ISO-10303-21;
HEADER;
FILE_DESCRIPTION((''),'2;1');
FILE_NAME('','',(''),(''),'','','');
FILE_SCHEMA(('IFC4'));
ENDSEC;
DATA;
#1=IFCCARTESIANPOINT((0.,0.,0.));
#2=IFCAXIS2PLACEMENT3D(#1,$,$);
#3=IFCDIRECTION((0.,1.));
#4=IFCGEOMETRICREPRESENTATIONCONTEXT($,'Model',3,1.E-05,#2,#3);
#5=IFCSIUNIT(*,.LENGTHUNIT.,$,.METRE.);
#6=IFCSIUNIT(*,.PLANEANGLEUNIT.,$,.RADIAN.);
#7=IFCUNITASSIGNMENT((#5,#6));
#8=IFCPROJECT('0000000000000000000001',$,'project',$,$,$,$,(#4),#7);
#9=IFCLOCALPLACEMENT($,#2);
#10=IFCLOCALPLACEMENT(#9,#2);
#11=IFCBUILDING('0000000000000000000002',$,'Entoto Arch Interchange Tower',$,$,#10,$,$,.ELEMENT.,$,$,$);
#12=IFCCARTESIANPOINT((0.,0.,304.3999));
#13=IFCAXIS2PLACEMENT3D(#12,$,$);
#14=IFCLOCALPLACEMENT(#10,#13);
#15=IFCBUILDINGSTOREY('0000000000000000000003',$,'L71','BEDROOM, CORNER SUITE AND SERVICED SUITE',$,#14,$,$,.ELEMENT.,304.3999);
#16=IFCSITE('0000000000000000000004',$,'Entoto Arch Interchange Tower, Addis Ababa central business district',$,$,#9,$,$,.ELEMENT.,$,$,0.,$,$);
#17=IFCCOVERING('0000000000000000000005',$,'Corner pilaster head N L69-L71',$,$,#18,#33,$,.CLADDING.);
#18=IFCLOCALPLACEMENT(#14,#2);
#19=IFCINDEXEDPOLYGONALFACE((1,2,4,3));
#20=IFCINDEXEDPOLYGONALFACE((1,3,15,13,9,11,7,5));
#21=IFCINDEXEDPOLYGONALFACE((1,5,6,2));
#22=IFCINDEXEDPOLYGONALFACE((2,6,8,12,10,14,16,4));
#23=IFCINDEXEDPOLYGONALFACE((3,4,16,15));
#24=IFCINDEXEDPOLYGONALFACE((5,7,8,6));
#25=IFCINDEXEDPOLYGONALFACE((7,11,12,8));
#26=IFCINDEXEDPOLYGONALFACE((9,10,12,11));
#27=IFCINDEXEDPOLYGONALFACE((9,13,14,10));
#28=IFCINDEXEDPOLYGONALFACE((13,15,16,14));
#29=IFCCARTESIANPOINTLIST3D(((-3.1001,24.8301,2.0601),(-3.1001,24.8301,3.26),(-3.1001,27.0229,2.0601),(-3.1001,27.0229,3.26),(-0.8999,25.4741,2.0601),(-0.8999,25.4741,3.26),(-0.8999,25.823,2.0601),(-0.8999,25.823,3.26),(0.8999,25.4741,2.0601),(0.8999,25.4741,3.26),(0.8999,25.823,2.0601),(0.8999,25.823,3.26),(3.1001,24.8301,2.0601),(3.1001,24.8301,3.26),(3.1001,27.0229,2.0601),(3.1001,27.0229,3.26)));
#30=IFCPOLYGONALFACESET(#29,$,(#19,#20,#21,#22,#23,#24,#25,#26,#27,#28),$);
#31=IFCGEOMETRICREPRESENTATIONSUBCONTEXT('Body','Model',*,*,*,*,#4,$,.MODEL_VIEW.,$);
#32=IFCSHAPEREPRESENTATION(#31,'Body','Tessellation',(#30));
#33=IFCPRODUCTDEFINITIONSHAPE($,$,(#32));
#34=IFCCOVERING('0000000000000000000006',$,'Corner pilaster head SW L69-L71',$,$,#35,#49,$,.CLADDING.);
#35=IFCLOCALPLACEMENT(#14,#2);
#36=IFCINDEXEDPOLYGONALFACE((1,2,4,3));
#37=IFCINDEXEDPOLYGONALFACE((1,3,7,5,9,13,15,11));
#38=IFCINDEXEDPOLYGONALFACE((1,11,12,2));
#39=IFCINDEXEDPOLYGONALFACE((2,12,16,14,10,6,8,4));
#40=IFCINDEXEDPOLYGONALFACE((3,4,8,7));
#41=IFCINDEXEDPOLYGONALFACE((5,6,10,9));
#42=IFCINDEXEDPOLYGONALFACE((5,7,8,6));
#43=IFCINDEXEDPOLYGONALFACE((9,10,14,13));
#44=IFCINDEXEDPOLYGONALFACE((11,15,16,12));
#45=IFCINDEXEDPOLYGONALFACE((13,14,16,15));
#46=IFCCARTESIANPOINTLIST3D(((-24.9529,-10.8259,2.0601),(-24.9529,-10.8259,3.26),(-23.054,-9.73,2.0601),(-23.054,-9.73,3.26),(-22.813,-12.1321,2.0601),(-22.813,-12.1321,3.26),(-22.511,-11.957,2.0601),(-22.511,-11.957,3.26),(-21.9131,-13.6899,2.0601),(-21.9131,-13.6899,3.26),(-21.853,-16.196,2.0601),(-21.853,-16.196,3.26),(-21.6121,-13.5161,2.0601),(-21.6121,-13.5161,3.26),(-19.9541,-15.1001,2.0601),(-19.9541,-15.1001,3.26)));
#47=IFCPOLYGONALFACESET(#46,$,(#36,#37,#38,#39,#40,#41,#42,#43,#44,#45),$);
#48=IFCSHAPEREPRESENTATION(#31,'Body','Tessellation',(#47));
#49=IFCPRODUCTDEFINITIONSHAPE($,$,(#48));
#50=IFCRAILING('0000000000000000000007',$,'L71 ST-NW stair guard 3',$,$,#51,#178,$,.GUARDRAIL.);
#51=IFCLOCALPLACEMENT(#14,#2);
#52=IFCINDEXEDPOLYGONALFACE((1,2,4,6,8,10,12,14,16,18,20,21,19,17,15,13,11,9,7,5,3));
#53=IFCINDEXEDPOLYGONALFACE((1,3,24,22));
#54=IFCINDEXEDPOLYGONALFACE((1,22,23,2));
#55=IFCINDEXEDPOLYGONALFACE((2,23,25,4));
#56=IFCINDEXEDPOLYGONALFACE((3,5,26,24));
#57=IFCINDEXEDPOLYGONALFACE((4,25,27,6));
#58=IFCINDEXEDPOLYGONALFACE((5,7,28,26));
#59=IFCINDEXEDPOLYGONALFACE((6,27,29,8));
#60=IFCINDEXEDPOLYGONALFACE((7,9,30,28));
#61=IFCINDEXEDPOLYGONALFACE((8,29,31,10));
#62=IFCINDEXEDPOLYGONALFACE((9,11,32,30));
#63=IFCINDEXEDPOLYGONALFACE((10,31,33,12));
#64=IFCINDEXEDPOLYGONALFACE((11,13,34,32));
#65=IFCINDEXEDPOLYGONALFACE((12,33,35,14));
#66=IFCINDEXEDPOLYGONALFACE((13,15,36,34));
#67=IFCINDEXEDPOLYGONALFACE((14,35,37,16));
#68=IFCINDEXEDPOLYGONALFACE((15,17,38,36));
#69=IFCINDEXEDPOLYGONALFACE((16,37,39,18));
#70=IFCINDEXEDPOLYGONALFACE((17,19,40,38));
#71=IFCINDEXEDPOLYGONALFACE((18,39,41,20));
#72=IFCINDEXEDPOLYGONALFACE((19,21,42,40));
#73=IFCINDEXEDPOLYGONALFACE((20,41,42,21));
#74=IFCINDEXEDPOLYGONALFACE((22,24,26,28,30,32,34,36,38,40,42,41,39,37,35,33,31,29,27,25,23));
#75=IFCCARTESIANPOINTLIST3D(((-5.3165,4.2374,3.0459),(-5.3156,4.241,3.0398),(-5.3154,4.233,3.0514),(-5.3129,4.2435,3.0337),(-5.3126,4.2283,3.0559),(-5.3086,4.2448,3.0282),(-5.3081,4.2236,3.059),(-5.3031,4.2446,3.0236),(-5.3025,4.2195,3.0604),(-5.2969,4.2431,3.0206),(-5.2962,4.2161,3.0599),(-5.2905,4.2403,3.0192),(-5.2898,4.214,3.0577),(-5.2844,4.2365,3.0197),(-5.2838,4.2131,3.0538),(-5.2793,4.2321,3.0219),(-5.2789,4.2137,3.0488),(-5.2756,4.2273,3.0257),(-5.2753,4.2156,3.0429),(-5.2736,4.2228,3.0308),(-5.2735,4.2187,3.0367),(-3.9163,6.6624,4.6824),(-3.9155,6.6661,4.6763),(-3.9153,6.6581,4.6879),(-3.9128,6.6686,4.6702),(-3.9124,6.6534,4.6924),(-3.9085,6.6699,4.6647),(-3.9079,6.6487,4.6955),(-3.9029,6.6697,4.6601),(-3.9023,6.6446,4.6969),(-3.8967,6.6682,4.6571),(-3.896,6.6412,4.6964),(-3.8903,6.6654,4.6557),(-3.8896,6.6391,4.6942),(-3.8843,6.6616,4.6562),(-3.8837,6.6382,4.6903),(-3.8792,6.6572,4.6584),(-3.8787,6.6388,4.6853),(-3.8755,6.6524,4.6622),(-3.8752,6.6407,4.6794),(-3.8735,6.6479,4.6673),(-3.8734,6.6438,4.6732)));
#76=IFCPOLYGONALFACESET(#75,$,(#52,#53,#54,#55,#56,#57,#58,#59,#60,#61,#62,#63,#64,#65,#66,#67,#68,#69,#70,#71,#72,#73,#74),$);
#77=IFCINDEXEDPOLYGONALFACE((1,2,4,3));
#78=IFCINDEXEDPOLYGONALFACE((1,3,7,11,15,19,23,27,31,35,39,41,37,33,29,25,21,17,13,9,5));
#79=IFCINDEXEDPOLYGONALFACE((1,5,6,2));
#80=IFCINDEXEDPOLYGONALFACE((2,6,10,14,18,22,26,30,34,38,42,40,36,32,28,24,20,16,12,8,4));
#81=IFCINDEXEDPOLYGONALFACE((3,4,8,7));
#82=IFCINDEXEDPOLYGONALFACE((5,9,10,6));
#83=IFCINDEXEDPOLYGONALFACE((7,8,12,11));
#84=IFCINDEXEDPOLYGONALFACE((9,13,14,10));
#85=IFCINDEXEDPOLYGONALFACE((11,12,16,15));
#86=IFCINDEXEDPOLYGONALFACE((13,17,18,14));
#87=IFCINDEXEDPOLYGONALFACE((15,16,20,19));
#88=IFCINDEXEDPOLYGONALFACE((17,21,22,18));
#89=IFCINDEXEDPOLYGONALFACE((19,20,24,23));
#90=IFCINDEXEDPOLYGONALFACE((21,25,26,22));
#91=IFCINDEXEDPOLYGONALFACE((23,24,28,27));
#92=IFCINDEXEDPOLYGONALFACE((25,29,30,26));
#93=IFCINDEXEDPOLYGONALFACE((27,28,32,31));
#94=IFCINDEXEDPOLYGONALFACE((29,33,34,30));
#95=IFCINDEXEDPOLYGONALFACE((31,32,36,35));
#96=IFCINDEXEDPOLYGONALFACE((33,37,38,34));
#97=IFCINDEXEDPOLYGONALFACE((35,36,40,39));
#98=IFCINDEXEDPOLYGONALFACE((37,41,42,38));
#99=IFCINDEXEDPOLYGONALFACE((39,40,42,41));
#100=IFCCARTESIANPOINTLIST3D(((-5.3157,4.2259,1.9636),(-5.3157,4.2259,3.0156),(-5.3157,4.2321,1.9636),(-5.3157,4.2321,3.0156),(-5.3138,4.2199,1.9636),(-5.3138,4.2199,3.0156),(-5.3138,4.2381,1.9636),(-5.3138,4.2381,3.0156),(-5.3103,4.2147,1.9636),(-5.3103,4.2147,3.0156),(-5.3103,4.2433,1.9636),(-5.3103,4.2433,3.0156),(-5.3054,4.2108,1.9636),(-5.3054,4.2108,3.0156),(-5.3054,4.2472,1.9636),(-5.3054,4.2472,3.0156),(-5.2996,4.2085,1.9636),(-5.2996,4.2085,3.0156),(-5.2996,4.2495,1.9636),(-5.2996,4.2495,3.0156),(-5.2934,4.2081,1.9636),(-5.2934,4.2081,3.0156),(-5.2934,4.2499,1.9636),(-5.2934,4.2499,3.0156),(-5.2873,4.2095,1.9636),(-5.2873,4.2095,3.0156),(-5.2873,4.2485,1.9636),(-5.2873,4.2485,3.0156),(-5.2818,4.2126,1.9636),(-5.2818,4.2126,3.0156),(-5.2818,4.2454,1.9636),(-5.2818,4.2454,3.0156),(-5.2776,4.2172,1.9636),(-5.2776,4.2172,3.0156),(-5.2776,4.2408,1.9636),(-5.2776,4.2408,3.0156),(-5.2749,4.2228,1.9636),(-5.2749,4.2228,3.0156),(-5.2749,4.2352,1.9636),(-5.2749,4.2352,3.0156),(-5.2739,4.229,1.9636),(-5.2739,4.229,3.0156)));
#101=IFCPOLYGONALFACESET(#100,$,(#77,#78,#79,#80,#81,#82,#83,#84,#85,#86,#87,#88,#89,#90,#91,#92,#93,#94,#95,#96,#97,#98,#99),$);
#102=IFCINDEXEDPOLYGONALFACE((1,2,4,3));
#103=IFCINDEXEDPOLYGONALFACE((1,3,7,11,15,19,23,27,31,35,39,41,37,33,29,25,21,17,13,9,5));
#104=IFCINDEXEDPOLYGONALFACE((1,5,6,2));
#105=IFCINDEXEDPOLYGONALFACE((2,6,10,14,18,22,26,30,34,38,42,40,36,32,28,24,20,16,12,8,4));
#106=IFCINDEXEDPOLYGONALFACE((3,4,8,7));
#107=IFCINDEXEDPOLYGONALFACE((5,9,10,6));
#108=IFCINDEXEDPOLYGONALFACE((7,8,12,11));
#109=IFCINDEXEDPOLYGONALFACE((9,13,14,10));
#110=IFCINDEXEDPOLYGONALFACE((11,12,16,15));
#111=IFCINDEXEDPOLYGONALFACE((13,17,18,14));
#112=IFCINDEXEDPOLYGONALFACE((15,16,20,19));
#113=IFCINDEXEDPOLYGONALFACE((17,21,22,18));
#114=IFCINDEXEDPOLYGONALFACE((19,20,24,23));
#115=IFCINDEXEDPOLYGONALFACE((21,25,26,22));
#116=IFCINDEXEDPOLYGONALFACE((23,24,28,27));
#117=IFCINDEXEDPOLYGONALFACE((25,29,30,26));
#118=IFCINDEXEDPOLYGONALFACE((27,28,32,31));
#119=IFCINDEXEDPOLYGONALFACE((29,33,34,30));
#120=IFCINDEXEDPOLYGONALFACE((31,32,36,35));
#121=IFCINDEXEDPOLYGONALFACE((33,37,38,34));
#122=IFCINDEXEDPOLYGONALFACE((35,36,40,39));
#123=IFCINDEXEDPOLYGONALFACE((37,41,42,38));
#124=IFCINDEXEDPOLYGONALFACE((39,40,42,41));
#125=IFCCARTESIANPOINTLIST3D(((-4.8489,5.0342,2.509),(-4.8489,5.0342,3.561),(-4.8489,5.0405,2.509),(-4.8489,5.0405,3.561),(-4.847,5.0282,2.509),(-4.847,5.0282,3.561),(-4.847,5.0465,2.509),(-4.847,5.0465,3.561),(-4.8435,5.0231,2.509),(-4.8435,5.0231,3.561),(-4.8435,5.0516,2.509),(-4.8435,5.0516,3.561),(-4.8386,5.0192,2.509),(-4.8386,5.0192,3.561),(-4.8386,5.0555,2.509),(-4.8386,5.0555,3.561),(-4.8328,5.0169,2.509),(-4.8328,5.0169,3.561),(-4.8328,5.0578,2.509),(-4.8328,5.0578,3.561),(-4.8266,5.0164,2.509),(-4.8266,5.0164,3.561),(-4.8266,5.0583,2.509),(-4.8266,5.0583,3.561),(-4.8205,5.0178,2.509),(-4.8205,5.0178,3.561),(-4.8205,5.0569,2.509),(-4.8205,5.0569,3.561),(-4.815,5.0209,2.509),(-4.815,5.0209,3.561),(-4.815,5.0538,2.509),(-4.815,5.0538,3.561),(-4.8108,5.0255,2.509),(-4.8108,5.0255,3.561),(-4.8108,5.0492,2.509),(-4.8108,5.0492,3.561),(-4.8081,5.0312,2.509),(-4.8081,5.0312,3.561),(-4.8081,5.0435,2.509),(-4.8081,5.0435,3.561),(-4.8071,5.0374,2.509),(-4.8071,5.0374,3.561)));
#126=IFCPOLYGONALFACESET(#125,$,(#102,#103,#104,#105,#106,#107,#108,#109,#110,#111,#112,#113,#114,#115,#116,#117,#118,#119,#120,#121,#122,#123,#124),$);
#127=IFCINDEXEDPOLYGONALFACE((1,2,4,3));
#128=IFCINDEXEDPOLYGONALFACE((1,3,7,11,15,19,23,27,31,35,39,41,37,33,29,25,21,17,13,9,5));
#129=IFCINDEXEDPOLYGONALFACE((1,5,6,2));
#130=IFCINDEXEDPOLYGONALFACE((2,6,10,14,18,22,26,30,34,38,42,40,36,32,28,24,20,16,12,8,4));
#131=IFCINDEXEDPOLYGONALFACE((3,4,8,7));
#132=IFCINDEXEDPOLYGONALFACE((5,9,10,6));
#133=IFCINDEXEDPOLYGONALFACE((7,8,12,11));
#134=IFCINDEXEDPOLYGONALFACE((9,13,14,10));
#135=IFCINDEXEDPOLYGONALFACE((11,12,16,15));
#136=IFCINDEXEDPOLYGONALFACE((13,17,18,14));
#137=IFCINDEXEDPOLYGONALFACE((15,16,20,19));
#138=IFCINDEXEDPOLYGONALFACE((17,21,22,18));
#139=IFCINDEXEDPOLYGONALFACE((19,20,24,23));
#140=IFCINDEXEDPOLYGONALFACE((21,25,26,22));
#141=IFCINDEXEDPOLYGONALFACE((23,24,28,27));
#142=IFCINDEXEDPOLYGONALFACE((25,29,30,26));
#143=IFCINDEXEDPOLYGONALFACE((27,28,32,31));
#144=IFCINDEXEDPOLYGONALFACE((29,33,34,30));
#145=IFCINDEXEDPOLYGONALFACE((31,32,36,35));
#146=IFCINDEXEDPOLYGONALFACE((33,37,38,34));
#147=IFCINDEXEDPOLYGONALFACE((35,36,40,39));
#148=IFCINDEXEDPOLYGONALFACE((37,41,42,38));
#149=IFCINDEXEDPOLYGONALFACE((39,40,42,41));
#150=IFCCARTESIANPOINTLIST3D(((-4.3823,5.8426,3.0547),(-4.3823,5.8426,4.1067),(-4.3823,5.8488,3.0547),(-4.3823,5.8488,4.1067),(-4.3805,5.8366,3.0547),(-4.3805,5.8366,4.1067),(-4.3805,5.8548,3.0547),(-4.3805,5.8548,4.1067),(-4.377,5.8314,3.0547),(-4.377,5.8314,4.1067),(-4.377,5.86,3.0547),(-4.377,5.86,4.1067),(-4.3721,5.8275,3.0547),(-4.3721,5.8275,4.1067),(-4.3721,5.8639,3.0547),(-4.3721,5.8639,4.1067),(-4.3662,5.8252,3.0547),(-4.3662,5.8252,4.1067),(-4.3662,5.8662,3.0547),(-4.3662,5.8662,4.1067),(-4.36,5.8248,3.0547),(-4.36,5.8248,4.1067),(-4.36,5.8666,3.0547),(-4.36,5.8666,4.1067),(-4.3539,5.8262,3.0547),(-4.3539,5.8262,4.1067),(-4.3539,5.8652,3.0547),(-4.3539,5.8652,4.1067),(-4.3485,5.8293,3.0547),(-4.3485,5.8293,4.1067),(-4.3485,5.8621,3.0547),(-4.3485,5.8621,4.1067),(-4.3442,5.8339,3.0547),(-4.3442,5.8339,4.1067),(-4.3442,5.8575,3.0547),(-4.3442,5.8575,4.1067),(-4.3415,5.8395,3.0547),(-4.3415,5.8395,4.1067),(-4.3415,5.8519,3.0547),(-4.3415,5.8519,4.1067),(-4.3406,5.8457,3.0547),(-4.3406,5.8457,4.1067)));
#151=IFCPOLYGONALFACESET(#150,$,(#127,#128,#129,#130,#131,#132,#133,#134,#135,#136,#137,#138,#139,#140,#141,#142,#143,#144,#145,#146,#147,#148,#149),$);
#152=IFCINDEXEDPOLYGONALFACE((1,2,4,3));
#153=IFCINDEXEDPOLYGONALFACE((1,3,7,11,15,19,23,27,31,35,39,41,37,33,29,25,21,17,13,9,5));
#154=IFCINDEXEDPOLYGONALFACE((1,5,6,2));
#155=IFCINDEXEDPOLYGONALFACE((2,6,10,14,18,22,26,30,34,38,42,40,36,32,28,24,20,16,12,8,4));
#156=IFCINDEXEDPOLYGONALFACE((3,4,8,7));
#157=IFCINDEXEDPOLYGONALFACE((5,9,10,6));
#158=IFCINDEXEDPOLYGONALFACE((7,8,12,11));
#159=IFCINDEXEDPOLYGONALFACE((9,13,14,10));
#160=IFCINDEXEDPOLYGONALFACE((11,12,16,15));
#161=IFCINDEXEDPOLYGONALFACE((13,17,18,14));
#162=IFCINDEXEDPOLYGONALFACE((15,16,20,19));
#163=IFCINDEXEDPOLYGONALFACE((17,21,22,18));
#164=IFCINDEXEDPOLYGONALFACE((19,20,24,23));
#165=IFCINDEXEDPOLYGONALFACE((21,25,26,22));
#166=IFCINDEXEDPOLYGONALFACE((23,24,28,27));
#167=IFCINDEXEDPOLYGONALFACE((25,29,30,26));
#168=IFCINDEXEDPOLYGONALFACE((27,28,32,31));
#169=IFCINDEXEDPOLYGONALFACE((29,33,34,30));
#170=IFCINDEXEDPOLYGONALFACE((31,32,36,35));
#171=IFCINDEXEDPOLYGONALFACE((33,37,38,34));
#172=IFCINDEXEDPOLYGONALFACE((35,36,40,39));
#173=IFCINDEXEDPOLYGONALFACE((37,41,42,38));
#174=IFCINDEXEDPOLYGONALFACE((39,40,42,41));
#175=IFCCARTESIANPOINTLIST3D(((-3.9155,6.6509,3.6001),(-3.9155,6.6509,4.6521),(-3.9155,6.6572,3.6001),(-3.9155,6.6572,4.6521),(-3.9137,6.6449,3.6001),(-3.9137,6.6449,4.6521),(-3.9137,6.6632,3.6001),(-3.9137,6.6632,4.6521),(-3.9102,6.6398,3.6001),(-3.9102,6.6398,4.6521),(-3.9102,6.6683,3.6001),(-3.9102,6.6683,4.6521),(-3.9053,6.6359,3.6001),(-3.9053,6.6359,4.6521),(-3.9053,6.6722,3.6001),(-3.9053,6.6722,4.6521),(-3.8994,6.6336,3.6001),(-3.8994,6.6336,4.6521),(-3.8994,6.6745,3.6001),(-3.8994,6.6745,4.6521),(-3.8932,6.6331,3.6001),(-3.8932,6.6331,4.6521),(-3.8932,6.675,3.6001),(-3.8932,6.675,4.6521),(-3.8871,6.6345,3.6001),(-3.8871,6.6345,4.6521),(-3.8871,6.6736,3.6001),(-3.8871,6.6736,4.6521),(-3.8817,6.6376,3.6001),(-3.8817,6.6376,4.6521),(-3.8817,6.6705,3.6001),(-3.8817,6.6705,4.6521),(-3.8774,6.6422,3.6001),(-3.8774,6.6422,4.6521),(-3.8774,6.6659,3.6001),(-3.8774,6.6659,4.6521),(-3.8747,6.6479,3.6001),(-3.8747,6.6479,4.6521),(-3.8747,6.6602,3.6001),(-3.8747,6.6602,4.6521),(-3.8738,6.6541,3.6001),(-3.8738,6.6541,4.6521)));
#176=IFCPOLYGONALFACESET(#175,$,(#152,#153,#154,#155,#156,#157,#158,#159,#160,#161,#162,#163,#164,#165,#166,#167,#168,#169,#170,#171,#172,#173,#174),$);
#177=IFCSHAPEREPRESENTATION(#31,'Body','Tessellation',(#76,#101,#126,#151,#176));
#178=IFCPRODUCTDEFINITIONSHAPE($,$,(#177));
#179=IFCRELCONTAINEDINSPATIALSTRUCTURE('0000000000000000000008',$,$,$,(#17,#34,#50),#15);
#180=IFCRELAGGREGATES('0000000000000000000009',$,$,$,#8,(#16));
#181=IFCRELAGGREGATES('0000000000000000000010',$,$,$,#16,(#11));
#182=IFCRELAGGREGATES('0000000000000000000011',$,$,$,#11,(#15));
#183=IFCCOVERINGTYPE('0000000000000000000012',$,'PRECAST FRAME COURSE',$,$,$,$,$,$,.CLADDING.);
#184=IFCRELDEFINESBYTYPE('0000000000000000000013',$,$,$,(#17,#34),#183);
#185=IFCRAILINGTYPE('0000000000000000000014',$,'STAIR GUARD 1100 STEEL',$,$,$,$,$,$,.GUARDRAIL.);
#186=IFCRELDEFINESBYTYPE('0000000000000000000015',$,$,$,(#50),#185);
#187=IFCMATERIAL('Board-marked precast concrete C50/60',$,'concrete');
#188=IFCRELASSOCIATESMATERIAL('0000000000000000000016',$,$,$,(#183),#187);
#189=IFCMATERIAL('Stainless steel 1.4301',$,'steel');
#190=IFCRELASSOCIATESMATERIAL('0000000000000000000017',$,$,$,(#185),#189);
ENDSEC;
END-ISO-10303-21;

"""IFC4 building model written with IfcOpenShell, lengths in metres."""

from ifc_helpers import new_model, si_unit, direction, frame, origin, origin_2d, place, context, subcontext, project, spatial, polyline, circle, outline, extrude, material, type_object, element, save


model = new_model("IFC4")

# Units and contexts
model_context = context("Model", 3, precision=1e-05, world=origin(), true_north=direction((0.0, 1.0)))
body_context = subcontext(model_context, "Body", "Model", "MODEL_VIEW")
ifc_project = project(units=[si_unit("LENGTHUNIT", "METRE"), si_unit("PLANEANGLEUNIT", "RADIAN")], contexts=[model_context])

# Site, building, storey
site_placement = place(None, origin())
site = spatial("IfcSite", under=ifc_project, at=site_placement, Name="Entoto Arch Interchange Tower, Addis Ababa central business district", CompositionType="ELEMENT", RefElevation=0.0)
building_placement = place(site_placement, origin())
building = spatial("IfcBuilding", under=site, at=building_placement, Name="Entoto Arch Interchange Tower", CompositionType="ELEMENT")
storey_placement = place(building_placement, frame((0.0, 0.0, 304.3999)))
storey = spatial("IfcBuildingStorey", under=building, at=storey_placement, Name="L71", Description="BEDROOM, CORNER SUITE AND SERVICED SUITE", CompositionType="ELEMENT", Elevation=304.3999)

# Shared definitions
ifc_material_1 = material(Name="Board-marked precast concrete C50/60", Category="concrete")

# Coverings
covering_type = type_object("IfcCoveringType", Name="PRECAST FRAME COURSE", PredefinedType="CLADDING", material=ifc_material_1)
covering_1_placement = place(storey_placement, frame((0.0, 0.0, 2.0601)))
element("IfcCovering", 1, at=covering_1_placement, inside=storey, type_object=covering_type, Name="Corner pilaster head N L69-L71", PredefinedType="CLADDING", context=body_context, shape_type="SweptSolid", body=[
    extrude(outline(polyline([(-3.1001, 27.0229), (3.1001, 27.0229), (3.1001, 24.8301), (0.8999, 25.4741), (0.8999, 25.823), (-0.8999, 25.823), (-0.8999, 25.4741), (-3.1001, 24.8301), (-3.1001, 27.0229)])), origin(), (0.0, 0.0, 1.0), 1.2),
])
covering_2_placement = place(storey_placement, frame((0.0, 0.0, 2.0601)))
element("IfcCovering", 2, at=covering_2_placement, inside=storey, type_object=covering_type, Name="Corner pilaster head SW L69-L71", PredefinedType="CLADDING", context=body_context, shape_type="SweptSolid", body=[
    extrude(outline(polyline([(-21.853, -16.196), (-24.9529, -10.8259), (-23.054, -9.73), (-22.511, -11.957), (-22.813, -12.1321), (-21.9131, -13.6899), (-21.6121, -13.5161), (-19.9541, -15.1001), (-21.853, -16.196)])), origin(), (0.0, 0.0, 1.0), 1.2),
])

# Railing
ifc_material_2 = material(Name="Stainless steel 1.4301", Category="steel")
railing_type_1 = type_object("IfcRailingType", Name="STAIR GUARD 1100 STEEL", PredefinedType="GUARDRAIL", material=ifc_material_2)
railing_1_placement = place(storey_placement, frame((-5.2949, 4.229, 1.9636)))
element("IfcRailing", 3, at=railing_1_placement, inside=storey, type_object=railing_type_1, Name="L71 ST-NW stair guard 3", PredefinedType="GUARDRAIL", context=body_context, shape_type="SweptSolid", body=[
    extrude(circle(Radius=0.0239, at=origin_2d()), frame((0.0, 0.0, 1.0762), z_axis=(0.431698, 0.747699, 0.504563), x_axis=(-0.866019, 0.500012, 0.0)), (0.0, 0.0, 1.0), 3.2434),
    extrude(circle(Radius=0.021, at=origin_2d()), origin(), (0.0, 0.0, 1.0), 1.052),
    extrude(circle(Radius=0.021, at=origin_2d()), frame((0.4668, 0.8083, 0.5454)), (0.0, 0.0, 1.0), 1.052),
    extrude(circle(Radius=0.021, at=origin_2d()), frame((0.9333, 1.6167, 1.0911)), (0.0, 0.0, 1.0), 1.052),
    extrude(circle(Radius=0.021, at=origin_2d()), frame((1.4001, 2.425, 1.6365)), (0.0, 0.0, 1.0), 1.052),
])

save(model, "model.ifc")
